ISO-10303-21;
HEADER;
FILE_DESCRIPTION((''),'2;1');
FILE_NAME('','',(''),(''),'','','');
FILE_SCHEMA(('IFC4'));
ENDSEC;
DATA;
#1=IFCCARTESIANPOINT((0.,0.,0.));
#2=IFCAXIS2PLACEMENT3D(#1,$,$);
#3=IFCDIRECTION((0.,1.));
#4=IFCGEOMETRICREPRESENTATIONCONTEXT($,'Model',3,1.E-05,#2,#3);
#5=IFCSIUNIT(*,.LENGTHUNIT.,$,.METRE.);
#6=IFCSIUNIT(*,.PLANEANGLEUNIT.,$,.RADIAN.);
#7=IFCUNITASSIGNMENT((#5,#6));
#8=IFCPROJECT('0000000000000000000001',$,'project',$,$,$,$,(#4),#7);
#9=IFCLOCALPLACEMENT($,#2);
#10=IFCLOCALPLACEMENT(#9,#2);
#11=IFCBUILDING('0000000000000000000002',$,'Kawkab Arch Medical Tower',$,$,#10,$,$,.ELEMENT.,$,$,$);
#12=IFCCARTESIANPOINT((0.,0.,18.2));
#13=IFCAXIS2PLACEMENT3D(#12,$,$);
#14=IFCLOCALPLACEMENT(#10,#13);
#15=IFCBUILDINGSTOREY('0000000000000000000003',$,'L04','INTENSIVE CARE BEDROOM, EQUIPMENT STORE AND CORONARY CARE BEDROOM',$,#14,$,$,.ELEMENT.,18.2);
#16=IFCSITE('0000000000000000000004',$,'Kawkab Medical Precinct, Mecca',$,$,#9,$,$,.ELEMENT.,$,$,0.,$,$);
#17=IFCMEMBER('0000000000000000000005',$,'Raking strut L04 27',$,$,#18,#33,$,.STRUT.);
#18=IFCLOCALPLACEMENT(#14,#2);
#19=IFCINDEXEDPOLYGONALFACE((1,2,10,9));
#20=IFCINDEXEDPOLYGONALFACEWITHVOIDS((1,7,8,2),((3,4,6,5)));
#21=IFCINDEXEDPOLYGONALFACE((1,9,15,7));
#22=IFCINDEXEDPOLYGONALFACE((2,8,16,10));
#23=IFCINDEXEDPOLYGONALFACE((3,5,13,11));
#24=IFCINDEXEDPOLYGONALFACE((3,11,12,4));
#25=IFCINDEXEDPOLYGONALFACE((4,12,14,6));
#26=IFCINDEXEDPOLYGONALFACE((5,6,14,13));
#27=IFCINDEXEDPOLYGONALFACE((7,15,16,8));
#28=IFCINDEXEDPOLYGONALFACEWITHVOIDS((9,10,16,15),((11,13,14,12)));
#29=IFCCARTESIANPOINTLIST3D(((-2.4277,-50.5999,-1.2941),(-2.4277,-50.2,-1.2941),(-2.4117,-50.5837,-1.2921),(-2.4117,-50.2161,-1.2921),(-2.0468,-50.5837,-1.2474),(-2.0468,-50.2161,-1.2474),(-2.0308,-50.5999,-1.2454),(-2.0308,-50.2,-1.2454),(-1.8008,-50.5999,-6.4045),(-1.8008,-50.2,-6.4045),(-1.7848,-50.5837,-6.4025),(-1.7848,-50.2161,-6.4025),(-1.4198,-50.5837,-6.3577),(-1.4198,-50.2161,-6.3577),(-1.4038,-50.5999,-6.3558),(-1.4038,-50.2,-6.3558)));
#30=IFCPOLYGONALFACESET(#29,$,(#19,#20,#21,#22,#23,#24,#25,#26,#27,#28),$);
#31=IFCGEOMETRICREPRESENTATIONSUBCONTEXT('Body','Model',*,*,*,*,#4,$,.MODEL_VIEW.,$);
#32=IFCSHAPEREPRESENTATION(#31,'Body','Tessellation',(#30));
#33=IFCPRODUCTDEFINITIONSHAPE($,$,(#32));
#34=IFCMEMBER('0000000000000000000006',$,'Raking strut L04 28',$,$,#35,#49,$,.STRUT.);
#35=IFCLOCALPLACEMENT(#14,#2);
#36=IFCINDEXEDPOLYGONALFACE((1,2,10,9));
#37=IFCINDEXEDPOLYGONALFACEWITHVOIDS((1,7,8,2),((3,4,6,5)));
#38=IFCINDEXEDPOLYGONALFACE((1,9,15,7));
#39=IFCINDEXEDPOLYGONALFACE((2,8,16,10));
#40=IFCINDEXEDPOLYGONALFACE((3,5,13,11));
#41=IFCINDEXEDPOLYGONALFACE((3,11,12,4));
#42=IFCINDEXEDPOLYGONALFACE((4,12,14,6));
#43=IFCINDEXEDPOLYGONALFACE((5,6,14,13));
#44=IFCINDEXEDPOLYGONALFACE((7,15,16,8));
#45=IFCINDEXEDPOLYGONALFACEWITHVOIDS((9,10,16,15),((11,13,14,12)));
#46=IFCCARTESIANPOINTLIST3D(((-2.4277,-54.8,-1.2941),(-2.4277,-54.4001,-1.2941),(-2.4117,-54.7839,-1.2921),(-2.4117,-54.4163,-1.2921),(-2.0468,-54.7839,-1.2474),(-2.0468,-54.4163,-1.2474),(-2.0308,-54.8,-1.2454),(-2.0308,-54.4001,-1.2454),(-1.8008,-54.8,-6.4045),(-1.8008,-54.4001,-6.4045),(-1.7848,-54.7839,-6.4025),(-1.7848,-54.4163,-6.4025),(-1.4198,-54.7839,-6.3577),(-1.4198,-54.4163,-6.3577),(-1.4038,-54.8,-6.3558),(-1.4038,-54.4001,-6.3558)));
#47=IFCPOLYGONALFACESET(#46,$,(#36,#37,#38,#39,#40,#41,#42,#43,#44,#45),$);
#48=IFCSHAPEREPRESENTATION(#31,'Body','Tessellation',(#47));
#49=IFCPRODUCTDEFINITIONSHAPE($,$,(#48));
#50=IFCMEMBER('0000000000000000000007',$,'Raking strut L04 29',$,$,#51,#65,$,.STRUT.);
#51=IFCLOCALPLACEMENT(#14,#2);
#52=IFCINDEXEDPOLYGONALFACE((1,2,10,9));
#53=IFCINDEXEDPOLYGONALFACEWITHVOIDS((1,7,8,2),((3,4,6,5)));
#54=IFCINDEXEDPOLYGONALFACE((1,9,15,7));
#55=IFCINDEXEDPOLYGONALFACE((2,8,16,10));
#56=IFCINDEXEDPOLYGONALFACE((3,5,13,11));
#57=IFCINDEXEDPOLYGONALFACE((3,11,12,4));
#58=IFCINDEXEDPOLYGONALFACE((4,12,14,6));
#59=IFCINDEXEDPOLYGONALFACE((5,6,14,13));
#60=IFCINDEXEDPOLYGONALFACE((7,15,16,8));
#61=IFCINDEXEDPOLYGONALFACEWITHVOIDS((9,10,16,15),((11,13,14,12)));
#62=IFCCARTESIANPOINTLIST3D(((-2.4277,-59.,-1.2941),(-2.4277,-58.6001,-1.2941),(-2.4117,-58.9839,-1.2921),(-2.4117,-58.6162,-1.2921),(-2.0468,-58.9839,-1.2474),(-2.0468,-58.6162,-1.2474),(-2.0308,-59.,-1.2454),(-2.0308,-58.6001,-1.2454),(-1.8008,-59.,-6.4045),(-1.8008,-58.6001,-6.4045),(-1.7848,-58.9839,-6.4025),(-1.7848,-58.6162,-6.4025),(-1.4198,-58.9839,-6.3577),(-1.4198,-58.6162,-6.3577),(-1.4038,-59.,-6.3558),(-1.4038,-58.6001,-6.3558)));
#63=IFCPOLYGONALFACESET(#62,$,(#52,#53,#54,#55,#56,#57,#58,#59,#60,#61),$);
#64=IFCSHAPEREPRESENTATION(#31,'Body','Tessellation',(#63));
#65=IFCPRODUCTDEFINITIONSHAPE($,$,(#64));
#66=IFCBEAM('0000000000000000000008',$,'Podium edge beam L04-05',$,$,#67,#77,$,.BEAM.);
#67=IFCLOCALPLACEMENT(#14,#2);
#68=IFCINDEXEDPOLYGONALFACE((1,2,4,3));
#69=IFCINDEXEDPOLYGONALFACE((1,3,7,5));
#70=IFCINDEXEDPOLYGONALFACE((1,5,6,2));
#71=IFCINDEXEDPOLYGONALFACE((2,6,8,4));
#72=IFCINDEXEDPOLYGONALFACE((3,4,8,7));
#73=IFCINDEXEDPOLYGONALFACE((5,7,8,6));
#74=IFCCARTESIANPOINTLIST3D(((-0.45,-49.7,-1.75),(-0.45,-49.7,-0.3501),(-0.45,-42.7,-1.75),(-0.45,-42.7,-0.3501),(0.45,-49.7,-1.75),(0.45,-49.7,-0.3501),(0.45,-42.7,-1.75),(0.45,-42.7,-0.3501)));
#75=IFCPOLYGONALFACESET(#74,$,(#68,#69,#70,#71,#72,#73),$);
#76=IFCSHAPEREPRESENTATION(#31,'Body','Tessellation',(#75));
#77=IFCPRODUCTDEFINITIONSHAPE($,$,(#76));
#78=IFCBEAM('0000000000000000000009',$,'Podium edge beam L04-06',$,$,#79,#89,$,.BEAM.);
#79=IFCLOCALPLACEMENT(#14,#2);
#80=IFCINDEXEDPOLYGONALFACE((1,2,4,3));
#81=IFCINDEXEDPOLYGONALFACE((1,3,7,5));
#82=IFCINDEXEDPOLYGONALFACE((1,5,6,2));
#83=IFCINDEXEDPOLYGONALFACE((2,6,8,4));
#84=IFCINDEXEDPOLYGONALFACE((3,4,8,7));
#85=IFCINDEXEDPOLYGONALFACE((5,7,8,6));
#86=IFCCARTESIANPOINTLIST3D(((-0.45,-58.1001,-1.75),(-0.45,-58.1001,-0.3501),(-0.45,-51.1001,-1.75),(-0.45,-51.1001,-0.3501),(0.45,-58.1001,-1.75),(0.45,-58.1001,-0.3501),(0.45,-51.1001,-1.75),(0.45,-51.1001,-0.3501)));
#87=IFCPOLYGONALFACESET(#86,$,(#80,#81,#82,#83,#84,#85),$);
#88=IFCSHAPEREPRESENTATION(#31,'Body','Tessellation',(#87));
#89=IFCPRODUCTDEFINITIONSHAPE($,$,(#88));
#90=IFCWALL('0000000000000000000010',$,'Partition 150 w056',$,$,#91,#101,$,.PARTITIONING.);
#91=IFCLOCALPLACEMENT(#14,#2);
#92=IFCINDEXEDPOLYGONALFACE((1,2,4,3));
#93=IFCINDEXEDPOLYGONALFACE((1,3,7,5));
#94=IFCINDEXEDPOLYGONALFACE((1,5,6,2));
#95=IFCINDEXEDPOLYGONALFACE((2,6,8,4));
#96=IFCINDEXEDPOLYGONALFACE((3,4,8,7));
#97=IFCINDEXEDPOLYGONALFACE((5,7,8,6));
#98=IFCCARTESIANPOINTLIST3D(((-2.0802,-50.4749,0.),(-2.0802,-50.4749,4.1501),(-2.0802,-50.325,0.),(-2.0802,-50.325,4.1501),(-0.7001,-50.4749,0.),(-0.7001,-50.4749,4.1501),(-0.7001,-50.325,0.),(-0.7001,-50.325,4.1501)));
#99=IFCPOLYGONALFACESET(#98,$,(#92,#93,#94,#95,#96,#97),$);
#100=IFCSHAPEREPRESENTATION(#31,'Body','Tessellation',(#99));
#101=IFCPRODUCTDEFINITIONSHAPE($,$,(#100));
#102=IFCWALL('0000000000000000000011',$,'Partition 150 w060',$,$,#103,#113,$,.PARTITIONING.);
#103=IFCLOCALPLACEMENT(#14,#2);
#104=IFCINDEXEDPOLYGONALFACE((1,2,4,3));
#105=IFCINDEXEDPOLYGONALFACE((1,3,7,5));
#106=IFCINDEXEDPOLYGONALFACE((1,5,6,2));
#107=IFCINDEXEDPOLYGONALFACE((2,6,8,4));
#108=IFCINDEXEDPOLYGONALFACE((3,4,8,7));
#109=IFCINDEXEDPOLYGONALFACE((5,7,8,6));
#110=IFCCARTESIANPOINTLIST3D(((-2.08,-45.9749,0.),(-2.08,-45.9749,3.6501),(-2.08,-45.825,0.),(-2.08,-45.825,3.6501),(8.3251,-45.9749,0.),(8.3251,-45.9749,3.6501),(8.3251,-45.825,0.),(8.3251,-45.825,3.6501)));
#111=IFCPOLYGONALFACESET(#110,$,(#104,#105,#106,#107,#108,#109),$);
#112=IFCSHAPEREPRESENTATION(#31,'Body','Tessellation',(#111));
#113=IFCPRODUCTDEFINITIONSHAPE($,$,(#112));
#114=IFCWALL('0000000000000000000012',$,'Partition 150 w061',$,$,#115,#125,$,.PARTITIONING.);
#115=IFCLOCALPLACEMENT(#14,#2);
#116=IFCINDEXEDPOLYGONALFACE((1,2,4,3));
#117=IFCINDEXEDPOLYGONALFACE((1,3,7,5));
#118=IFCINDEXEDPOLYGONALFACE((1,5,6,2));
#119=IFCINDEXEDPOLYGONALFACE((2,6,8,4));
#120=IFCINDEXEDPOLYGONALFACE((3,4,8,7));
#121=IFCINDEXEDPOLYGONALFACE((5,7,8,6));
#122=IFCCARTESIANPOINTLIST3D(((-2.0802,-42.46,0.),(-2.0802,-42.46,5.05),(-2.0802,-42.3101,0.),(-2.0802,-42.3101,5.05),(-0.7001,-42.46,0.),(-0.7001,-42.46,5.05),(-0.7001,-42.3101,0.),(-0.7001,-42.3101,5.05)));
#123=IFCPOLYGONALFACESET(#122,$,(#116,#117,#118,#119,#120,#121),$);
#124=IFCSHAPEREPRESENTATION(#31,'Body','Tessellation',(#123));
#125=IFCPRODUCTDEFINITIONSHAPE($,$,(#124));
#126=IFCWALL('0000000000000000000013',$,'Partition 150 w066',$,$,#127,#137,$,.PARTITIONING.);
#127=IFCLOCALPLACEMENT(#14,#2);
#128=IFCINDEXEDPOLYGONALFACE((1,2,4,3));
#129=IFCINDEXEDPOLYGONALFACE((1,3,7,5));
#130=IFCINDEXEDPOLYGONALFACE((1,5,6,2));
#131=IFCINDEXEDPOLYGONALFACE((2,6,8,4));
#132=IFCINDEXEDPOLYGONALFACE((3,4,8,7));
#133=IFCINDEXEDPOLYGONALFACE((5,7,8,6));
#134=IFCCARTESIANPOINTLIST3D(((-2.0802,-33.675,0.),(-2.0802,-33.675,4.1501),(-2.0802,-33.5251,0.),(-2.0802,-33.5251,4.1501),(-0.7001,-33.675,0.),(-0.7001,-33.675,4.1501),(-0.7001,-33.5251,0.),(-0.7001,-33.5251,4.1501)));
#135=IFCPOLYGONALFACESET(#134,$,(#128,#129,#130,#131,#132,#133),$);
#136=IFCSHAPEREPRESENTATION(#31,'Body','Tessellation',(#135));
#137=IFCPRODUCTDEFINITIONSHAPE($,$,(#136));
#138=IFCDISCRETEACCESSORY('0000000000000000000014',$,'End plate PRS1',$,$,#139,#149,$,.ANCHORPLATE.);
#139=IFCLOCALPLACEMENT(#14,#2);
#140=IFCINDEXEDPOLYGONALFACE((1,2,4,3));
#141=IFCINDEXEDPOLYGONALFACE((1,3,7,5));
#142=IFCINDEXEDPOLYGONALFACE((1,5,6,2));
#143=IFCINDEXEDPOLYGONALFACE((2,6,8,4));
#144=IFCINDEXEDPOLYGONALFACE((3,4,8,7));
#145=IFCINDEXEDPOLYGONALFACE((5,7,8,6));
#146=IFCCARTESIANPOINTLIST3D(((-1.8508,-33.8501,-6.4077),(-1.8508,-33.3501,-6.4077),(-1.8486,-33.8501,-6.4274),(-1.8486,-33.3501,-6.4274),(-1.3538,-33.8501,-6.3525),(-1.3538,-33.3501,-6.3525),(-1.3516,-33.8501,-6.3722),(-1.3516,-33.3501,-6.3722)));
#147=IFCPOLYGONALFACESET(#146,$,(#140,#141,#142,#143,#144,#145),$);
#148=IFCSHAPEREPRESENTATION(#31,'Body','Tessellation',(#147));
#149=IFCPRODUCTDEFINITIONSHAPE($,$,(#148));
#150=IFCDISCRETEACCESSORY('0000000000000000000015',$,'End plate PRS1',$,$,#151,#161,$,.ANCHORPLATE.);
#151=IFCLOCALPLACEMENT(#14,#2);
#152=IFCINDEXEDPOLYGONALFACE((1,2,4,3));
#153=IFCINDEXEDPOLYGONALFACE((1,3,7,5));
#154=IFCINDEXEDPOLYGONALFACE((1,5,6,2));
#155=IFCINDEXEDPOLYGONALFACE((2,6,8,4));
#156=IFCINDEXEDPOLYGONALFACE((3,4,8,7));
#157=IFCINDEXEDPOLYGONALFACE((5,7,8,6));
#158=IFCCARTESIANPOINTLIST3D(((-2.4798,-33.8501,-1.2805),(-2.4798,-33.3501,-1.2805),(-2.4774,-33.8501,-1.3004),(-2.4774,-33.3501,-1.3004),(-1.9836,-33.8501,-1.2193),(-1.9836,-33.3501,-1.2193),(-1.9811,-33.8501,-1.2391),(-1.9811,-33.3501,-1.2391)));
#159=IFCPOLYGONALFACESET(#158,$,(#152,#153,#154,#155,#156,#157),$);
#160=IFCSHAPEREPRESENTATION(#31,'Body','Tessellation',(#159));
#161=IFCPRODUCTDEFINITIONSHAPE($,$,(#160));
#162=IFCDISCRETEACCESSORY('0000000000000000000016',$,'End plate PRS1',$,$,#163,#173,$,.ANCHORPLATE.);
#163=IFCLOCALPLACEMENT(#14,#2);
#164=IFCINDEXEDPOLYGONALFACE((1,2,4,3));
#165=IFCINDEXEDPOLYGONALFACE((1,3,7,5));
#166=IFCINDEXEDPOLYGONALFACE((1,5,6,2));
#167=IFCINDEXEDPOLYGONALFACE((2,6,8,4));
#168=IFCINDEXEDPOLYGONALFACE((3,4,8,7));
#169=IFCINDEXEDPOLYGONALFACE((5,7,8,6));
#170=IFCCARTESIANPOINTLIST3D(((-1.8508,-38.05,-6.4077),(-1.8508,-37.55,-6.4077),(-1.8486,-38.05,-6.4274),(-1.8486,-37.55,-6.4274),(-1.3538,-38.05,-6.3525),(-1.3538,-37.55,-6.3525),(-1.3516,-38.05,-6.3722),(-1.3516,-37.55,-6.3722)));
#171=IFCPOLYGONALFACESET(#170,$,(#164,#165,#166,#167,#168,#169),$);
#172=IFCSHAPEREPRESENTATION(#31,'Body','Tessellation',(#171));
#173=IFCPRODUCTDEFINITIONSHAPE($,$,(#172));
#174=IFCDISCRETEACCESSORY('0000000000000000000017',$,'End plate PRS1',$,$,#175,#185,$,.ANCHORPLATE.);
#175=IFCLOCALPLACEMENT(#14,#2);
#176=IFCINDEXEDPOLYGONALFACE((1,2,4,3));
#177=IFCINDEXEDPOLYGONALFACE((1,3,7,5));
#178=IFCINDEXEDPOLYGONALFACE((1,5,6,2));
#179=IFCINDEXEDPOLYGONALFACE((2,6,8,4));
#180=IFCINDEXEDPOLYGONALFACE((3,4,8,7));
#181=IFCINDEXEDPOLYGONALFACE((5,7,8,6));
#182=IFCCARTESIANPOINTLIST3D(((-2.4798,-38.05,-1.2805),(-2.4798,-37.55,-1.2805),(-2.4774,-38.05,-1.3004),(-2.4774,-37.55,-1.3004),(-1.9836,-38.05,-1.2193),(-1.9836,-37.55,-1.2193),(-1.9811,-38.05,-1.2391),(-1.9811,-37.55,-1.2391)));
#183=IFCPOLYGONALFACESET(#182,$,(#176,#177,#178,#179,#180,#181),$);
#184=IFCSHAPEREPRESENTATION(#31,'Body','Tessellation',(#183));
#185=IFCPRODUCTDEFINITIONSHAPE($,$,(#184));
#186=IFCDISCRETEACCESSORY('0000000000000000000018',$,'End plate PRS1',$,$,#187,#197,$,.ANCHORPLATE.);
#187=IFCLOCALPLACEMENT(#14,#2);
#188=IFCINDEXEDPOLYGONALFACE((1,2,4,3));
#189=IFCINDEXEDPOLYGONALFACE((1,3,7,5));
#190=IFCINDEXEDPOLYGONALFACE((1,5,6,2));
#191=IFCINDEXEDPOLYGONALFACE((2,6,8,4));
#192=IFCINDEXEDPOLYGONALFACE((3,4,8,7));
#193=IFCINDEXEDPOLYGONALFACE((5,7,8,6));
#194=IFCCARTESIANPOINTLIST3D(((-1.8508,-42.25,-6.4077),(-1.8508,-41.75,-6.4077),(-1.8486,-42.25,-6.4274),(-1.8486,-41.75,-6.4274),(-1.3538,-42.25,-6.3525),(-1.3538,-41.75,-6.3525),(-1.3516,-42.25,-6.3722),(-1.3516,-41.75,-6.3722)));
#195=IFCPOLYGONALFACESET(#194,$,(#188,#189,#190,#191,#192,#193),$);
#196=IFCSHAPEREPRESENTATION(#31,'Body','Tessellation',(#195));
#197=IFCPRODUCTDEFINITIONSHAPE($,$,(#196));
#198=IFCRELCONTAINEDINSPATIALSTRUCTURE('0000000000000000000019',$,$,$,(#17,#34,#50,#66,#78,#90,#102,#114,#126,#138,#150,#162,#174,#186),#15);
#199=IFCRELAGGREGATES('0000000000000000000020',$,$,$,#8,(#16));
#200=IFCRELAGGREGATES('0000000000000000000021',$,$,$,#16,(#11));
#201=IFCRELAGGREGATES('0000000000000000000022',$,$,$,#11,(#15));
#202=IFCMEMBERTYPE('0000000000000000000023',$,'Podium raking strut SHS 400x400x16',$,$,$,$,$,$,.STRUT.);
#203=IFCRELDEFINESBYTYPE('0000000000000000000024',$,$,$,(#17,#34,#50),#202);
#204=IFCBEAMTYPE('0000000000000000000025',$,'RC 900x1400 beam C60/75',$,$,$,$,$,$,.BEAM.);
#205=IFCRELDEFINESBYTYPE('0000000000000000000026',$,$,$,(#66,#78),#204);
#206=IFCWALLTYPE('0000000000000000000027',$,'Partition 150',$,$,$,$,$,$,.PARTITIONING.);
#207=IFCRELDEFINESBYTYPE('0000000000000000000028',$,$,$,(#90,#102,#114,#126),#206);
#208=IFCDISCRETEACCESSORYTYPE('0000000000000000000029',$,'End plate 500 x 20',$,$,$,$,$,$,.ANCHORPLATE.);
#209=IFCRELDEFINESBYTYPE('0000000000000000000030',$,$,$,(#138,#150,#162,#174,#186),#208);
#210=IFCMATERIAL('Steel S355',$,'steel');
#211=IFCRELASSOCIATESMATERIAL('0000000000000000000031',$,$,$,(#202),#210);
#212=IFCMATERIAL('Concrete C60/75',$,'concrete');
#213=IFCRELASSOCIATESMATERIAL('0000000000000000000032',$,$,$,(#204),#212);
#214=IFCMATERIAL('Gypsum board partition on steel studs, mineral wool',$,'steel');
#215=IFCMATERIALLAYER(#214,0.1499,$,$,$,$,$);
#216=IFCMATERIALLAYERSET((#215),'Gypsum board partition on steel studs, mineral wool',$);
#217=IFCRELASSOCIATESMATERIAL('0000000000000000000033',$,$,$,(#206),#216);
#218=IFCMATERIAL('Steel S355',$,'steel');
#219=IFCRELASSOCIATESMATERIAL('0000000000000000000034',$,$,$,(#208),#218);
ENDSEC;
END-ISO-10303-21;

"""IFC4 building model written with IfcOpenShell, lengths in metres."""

from ifc_helpers import new_model, si_unit, direction, frame, frame_2d, origin, origin_2d, place, context, subcontext, project, spatial, rectangle, hollow_rectangle, extrude, material, layer, layer_set, material_profile, profile_set, type_object, element, save


model = new_model("IFC4")

# Units and contexts
model_context = context("Model", 3, precision=1e-05, world=origin(), true_north=direction((0.0, 1.0)))
body_context = subcontext(model_context, "Body", "Model", "MODEL_VIEW")
ifc_project = project(units=[si_unit("LENGTHUNIT", "METRE"), si_unit("PLANEANGLEUNIT", "RADIAN")], contexts=[model_context])

# Site, building, storey
site_placement = place(None, origin())
site = spatial("IfcSite", under=ifc_project, at=site_placement, Name="Kawkab Medical Precinct, Mecca", CompositionType="ELEMENT", RefElevation=0.0)
building_placement = place(site_placement, origin())
building = spatial("IfcBuilding", under=site, at=building_placement, Name="Kawkab Arch Medical Tower", CompositionType="ELEMENT")
storey_placement = place(building_placement, frame((0.0, 0.0, 18.2)))
storey = spatial("IfcBuildingStorey", under=building, at=storey_placement, Name="L04", Description="INTENSIVE CARE BEDROOM, EQUIPMENT STORE AND CORONARY CARE BEDROOM", CompositionType="ELEMENT", Elevation=18.2)

# Members
ifc_material_1 = material(Name="Steel S355", Category="steel")
ifc_material_profile_1 = material_profile(ifc_material_1, hollow_rectangle(XDim=0.3999, YDim=0.3999, WallThickness=0.0161, at=origin_2d()), Name="SHS 400x400x16")
ifc_profile_set_1 = profile_set([ifc_material_profile_1], Name="Steel S355")
member_type = type_object("IfcMemberType", Name="Podium raking strut SHS 400x400x16", PredefinedType="STRUT", material=ifc_profile_set_1)
for number, where, z_axis, x_axis, name in (
    (1, (-1.6023, -50.3999, -6.3801), (-0.12177, 0.0, 0.992558), (0.0, -1.0, 0.0), "Raking strut L04 27"),
    (2, (-1.6023, -54.6001, -6.3801), (-0.12177, 0.0, 0.992558), (0.0, -1.0, 0.0), "Raking strut L04 28"),
    (3, (-1.6023, -58.8, -6.3801), (-0.12177, 0.0, 0.992558), (0.0, -1.0, 0.0), "Raking strut L04 29"),
):
    element("IfcMember", number, at=place(storey_placement, frame(where, z_axis=z_axis, x_axis=x_axis)), inside=storey, type_object=member_type, Name=name, PredefinedType="STRUT", context=body_context, shape_type="SweptSolid", body=[
        extrude(hollow_rectangle(XDim=0.3999, YDim=0.3999, WallThickness=0.0161, at=origin_2d()), origin(), (0.0, 0.0, 1.0), 5.1487),
    ])

# Beams
ifc_material_2 = material(Name="Concrete C60/75", Category="concrete")
ifc_material_profile_2 = material_profile(ifc_material_2, rectangle(XDim=0.8999, YDim=1.3999, at=origin_2d()), Name="RC 900x1400")
ifc_profile_set_2 = profile_set([ifc_material_profile_2], Name="Concrete C60/75")
beam_type_1 = type_object("IfcBeamType", Name="RC 900x1400 beam C60/75", PredefinedType="BEAM", material=ifc_profile_set_2)
for number, where, z_axis, x_axis, name in (
    (4, (0.0, -42.7, -1.05), (0.0, -1.0, 0.0), (1.0, 0.0, 0.0), "Podium edge beam L04-05"),
    (5, (0.0, -51.1001, -1.05), (0.0, -1.0, 0.0), (1.0, 0.0, 0.0), "Podium edge beam L04-06"),
):
    element("IfcBeam", number, at=place(storey_placement, frame(where, z_axis=z_axis, x_axis=x_axis)), inside=storey, type_object=beam_type_1, Name=name, PredefinedType="BEAM", context=body_context, shape_type="SweptSolid", body=[
        extrude(rectangle(XDim=0.8999, YDim=1.3999, at=origin_2d()), origin(), (0.0, 0.0, 1.0), 7.0),
    ])

# Walls
ifc_material_3 = material(Name="Gypsum board partition on steel studs, mineral wool", Category="steel")
ifc_layer = layer(ifc_material_3, 0.1499)
ifc_layer_set = layer_set([ifc_layer], Name="Gypsum board partition on steel studs, mineral wool")
wall_type = type_object("IfcWallType", Name="Partition 150", PredefinedType="PARTITIONING", material=ifc_layer_set)
wall_1_placement = place(storey_placement, frame((-2.0801, -50.3999, 0.0), z_axis=(0.0, 0.0, 1.0), x_axis=(1.0, 0.0, 0.0)))
element("IfcWall", 6, at=wall_1_placement, inside=storey, type_object=wall_type, Name="Partition 150 w056", PredefinedType="PARTITIONING", context=body_context, shape_type="SweptSolid", body=[
    extrude(rectangle(XDim=1.3801, YDim=0.1499, at=frame_2d((0.6899, 0.0))), origin(), (0.0, 0.0, 1.0), 4.1501),
])
wall_2_placement = place(storey_placement, frame((-2.0801, -45.8999, 0.0), z_axis=(0.0, 0.0, 1.0), x_axis=(1.0, 0.0, 0.0)))
element("IfcWall", 7, at=wall_2_placement, inside=storey, type_object=wall_type, Name="Partition 150 w060", PredefinedType="PARTITIONING", context=body_context, shape_type="SweptSolid", body=[
    extrude(rectangle(XDim=10.405, YDim=0.1499, at=frame_2d((5.2026, 0.0))), origin(), (0.0, 0.0, 1.0), 3.6501),
])
wall_3_placement = place(storey_placement, frame((-2.0801, -42.385, 0.0), z_axis=(0.0, 0.0, 1.0), x_axis=(1.0, 0.0, 0.0)))
element("IfcWall", 8, at=wall_3_placement, inside=storey, type_object=wall_type, Name="Partition 150 w061", PredefinedType="PARTITIONING", context=body_context, shape_type="SweptSolid", body=[
    extrude(rectangle(XDim=1.3801, YDim=0.1499, at=frame_2d((0.6899, 0.0))), origin(), (0.0, 0.0, 1.0), 5.05),
])
wall_4_placement = place(storey_placement, frame((-2.0801, -33.6001, 0.0), z_axis=(0.0, 0.0, 1.0), x_axis=(1.0, 0.0, 0.0)))
element("IfcWall", 9, at=wall_4_placement, inside=storey, type_object=wall_type, Name="Partition 150 w066", PredefinedType="PARTITIONING", context=body_context, shape_type="SweptSolid", body=[
    extrude(rectangle(XDim=1.3801, YDim=0.1499, at=frame_2d((0.6899, 0.0))), origin(), (0.0, 0.0, 1.0), 4.1501),
])

# Discrete accessories
ifc_material_4 = material(Name="Steel S355", Category="steel")
ifc_material_profile_3 = material_profile(ifc_material_4, rectangle(XDim=0.5, YDim=0.5, at=origin_2d()), Name="End plate 500 x 20")
ifc_profile_set_3 = profile_set([ifc_material_profile_3], Name="Steel S355")
discrete_accessory_type = type_object("IfcDiscreteAccessoryType", Name="End plate 500 x 20", PredefinedType="ANCHORPLATE", material=ifc_profile_set_3)
discrete_accessory_1_placement = place(storey_placement, frame((-1.6023, -33.6001, -6.3801), z_axis=(0.110432, 0.0, -0.993884), x_axis=(0.0, 1.0, 0.0)))
element("IfcDiscreteAccessory", 10, at=discrete_accessory_1_placement, inside=storey, type_object=discrete_accessory_type, Name="End plate PRS1", PredefinedType="ANCHORPLATE", context=body_context, shape_type="SweptSolid", body=[
    extrude(rectangle(XDim=0.5, YDim=0.5, at=origin_2d()), origin(), (0.0, 0.0, 1.0), 0.0198),
])
discrete_accessory_2_placement = place(storey_placement, frame((-2.2292, -33.6001, -1.2698), z_axis=(-0.122527, 0.0, 0.992465), x_axis=(0.0, -1.0, 0.0)))
element("IfcDiscreteAccessory", 11, at=discrete_accessory_2_placement, inside=storey, type_object=discrete_accessory_type, Name="End plate PRS1", PredefinedType="ANCHORPLATE", context=body_context, shape_type="SweptSolid", body=[
    extrude(rectangle(XDim=0.5, YDim=0.5, at=origin_2d()), origin(), (0.0, 0.0, 1.0), 0.02),
])
discrete_accessory_3_placement = place(storey_placement, frame((-1.6023, -37.8, -6.3801), z_axis=(0.110432, 0.0, -0.993884), x_axis=(0.0, 1.0, 0.0)))
element("IfcDiscreteAccessory", 12, at=discrete_accessory_3_placement, inside=storey, type_object=discrete_accessory_type, Name="End plate PRS1", PredefinedType="ANCHORPLATE", context=body_context, shape_type="SweptSolid", body=[
    extrude(rectangle(XDim=0.5, YDim=0.5, at=origin_2d()), origin(), (0.0, 0.0, 1.0), 0.0198),
])
discrete_accessory_4_placement = place(storey_placement, frame((-2.2292, -37.8, -1.2698), z_axis=(-0.122527, 0.0, 0.992465), x_axis=(0.0, -1.0, 0.0)))
element("IfcDiscreteAccessory", 13, at=discrete_accessory_4_placement, inside=storey, type_object=discrete_accessory_type, Name="End plate PRS1", PredefinedType="ANCHORPLATE", context=body_context, shape_type="SweptSolid", body=[
    extrude(rectangle(XDim=0.5, YDim=0.5, at=origin_2d()), origin(), (0.0, 0.0, 1.0), 0.02),
])
discrete_accessory_5_placement = place(storey_placement, frame((-1.6023, -42.0, -6.3801), z_axis=(0.110432, 0.0, -0.993884), x_axis=(0.0, 1.0, 0.0)))
element("IfcDiscreteAccessory", 14, at=discrete_accessory_5_placement, inside=storey, type_object=discrete_accessory_type, Name="End plate PRS1", PredefinedType="ANCHORPLATE", context=body_context, shape_type="SweptSolid", body=[
    extrude(rectangle(XDim=0.5, YDim=0.5, at=origin_2d()), origin(), (0.0, 0.0, 1.0), 0.0198),
])

save(model, "model.ifc")
